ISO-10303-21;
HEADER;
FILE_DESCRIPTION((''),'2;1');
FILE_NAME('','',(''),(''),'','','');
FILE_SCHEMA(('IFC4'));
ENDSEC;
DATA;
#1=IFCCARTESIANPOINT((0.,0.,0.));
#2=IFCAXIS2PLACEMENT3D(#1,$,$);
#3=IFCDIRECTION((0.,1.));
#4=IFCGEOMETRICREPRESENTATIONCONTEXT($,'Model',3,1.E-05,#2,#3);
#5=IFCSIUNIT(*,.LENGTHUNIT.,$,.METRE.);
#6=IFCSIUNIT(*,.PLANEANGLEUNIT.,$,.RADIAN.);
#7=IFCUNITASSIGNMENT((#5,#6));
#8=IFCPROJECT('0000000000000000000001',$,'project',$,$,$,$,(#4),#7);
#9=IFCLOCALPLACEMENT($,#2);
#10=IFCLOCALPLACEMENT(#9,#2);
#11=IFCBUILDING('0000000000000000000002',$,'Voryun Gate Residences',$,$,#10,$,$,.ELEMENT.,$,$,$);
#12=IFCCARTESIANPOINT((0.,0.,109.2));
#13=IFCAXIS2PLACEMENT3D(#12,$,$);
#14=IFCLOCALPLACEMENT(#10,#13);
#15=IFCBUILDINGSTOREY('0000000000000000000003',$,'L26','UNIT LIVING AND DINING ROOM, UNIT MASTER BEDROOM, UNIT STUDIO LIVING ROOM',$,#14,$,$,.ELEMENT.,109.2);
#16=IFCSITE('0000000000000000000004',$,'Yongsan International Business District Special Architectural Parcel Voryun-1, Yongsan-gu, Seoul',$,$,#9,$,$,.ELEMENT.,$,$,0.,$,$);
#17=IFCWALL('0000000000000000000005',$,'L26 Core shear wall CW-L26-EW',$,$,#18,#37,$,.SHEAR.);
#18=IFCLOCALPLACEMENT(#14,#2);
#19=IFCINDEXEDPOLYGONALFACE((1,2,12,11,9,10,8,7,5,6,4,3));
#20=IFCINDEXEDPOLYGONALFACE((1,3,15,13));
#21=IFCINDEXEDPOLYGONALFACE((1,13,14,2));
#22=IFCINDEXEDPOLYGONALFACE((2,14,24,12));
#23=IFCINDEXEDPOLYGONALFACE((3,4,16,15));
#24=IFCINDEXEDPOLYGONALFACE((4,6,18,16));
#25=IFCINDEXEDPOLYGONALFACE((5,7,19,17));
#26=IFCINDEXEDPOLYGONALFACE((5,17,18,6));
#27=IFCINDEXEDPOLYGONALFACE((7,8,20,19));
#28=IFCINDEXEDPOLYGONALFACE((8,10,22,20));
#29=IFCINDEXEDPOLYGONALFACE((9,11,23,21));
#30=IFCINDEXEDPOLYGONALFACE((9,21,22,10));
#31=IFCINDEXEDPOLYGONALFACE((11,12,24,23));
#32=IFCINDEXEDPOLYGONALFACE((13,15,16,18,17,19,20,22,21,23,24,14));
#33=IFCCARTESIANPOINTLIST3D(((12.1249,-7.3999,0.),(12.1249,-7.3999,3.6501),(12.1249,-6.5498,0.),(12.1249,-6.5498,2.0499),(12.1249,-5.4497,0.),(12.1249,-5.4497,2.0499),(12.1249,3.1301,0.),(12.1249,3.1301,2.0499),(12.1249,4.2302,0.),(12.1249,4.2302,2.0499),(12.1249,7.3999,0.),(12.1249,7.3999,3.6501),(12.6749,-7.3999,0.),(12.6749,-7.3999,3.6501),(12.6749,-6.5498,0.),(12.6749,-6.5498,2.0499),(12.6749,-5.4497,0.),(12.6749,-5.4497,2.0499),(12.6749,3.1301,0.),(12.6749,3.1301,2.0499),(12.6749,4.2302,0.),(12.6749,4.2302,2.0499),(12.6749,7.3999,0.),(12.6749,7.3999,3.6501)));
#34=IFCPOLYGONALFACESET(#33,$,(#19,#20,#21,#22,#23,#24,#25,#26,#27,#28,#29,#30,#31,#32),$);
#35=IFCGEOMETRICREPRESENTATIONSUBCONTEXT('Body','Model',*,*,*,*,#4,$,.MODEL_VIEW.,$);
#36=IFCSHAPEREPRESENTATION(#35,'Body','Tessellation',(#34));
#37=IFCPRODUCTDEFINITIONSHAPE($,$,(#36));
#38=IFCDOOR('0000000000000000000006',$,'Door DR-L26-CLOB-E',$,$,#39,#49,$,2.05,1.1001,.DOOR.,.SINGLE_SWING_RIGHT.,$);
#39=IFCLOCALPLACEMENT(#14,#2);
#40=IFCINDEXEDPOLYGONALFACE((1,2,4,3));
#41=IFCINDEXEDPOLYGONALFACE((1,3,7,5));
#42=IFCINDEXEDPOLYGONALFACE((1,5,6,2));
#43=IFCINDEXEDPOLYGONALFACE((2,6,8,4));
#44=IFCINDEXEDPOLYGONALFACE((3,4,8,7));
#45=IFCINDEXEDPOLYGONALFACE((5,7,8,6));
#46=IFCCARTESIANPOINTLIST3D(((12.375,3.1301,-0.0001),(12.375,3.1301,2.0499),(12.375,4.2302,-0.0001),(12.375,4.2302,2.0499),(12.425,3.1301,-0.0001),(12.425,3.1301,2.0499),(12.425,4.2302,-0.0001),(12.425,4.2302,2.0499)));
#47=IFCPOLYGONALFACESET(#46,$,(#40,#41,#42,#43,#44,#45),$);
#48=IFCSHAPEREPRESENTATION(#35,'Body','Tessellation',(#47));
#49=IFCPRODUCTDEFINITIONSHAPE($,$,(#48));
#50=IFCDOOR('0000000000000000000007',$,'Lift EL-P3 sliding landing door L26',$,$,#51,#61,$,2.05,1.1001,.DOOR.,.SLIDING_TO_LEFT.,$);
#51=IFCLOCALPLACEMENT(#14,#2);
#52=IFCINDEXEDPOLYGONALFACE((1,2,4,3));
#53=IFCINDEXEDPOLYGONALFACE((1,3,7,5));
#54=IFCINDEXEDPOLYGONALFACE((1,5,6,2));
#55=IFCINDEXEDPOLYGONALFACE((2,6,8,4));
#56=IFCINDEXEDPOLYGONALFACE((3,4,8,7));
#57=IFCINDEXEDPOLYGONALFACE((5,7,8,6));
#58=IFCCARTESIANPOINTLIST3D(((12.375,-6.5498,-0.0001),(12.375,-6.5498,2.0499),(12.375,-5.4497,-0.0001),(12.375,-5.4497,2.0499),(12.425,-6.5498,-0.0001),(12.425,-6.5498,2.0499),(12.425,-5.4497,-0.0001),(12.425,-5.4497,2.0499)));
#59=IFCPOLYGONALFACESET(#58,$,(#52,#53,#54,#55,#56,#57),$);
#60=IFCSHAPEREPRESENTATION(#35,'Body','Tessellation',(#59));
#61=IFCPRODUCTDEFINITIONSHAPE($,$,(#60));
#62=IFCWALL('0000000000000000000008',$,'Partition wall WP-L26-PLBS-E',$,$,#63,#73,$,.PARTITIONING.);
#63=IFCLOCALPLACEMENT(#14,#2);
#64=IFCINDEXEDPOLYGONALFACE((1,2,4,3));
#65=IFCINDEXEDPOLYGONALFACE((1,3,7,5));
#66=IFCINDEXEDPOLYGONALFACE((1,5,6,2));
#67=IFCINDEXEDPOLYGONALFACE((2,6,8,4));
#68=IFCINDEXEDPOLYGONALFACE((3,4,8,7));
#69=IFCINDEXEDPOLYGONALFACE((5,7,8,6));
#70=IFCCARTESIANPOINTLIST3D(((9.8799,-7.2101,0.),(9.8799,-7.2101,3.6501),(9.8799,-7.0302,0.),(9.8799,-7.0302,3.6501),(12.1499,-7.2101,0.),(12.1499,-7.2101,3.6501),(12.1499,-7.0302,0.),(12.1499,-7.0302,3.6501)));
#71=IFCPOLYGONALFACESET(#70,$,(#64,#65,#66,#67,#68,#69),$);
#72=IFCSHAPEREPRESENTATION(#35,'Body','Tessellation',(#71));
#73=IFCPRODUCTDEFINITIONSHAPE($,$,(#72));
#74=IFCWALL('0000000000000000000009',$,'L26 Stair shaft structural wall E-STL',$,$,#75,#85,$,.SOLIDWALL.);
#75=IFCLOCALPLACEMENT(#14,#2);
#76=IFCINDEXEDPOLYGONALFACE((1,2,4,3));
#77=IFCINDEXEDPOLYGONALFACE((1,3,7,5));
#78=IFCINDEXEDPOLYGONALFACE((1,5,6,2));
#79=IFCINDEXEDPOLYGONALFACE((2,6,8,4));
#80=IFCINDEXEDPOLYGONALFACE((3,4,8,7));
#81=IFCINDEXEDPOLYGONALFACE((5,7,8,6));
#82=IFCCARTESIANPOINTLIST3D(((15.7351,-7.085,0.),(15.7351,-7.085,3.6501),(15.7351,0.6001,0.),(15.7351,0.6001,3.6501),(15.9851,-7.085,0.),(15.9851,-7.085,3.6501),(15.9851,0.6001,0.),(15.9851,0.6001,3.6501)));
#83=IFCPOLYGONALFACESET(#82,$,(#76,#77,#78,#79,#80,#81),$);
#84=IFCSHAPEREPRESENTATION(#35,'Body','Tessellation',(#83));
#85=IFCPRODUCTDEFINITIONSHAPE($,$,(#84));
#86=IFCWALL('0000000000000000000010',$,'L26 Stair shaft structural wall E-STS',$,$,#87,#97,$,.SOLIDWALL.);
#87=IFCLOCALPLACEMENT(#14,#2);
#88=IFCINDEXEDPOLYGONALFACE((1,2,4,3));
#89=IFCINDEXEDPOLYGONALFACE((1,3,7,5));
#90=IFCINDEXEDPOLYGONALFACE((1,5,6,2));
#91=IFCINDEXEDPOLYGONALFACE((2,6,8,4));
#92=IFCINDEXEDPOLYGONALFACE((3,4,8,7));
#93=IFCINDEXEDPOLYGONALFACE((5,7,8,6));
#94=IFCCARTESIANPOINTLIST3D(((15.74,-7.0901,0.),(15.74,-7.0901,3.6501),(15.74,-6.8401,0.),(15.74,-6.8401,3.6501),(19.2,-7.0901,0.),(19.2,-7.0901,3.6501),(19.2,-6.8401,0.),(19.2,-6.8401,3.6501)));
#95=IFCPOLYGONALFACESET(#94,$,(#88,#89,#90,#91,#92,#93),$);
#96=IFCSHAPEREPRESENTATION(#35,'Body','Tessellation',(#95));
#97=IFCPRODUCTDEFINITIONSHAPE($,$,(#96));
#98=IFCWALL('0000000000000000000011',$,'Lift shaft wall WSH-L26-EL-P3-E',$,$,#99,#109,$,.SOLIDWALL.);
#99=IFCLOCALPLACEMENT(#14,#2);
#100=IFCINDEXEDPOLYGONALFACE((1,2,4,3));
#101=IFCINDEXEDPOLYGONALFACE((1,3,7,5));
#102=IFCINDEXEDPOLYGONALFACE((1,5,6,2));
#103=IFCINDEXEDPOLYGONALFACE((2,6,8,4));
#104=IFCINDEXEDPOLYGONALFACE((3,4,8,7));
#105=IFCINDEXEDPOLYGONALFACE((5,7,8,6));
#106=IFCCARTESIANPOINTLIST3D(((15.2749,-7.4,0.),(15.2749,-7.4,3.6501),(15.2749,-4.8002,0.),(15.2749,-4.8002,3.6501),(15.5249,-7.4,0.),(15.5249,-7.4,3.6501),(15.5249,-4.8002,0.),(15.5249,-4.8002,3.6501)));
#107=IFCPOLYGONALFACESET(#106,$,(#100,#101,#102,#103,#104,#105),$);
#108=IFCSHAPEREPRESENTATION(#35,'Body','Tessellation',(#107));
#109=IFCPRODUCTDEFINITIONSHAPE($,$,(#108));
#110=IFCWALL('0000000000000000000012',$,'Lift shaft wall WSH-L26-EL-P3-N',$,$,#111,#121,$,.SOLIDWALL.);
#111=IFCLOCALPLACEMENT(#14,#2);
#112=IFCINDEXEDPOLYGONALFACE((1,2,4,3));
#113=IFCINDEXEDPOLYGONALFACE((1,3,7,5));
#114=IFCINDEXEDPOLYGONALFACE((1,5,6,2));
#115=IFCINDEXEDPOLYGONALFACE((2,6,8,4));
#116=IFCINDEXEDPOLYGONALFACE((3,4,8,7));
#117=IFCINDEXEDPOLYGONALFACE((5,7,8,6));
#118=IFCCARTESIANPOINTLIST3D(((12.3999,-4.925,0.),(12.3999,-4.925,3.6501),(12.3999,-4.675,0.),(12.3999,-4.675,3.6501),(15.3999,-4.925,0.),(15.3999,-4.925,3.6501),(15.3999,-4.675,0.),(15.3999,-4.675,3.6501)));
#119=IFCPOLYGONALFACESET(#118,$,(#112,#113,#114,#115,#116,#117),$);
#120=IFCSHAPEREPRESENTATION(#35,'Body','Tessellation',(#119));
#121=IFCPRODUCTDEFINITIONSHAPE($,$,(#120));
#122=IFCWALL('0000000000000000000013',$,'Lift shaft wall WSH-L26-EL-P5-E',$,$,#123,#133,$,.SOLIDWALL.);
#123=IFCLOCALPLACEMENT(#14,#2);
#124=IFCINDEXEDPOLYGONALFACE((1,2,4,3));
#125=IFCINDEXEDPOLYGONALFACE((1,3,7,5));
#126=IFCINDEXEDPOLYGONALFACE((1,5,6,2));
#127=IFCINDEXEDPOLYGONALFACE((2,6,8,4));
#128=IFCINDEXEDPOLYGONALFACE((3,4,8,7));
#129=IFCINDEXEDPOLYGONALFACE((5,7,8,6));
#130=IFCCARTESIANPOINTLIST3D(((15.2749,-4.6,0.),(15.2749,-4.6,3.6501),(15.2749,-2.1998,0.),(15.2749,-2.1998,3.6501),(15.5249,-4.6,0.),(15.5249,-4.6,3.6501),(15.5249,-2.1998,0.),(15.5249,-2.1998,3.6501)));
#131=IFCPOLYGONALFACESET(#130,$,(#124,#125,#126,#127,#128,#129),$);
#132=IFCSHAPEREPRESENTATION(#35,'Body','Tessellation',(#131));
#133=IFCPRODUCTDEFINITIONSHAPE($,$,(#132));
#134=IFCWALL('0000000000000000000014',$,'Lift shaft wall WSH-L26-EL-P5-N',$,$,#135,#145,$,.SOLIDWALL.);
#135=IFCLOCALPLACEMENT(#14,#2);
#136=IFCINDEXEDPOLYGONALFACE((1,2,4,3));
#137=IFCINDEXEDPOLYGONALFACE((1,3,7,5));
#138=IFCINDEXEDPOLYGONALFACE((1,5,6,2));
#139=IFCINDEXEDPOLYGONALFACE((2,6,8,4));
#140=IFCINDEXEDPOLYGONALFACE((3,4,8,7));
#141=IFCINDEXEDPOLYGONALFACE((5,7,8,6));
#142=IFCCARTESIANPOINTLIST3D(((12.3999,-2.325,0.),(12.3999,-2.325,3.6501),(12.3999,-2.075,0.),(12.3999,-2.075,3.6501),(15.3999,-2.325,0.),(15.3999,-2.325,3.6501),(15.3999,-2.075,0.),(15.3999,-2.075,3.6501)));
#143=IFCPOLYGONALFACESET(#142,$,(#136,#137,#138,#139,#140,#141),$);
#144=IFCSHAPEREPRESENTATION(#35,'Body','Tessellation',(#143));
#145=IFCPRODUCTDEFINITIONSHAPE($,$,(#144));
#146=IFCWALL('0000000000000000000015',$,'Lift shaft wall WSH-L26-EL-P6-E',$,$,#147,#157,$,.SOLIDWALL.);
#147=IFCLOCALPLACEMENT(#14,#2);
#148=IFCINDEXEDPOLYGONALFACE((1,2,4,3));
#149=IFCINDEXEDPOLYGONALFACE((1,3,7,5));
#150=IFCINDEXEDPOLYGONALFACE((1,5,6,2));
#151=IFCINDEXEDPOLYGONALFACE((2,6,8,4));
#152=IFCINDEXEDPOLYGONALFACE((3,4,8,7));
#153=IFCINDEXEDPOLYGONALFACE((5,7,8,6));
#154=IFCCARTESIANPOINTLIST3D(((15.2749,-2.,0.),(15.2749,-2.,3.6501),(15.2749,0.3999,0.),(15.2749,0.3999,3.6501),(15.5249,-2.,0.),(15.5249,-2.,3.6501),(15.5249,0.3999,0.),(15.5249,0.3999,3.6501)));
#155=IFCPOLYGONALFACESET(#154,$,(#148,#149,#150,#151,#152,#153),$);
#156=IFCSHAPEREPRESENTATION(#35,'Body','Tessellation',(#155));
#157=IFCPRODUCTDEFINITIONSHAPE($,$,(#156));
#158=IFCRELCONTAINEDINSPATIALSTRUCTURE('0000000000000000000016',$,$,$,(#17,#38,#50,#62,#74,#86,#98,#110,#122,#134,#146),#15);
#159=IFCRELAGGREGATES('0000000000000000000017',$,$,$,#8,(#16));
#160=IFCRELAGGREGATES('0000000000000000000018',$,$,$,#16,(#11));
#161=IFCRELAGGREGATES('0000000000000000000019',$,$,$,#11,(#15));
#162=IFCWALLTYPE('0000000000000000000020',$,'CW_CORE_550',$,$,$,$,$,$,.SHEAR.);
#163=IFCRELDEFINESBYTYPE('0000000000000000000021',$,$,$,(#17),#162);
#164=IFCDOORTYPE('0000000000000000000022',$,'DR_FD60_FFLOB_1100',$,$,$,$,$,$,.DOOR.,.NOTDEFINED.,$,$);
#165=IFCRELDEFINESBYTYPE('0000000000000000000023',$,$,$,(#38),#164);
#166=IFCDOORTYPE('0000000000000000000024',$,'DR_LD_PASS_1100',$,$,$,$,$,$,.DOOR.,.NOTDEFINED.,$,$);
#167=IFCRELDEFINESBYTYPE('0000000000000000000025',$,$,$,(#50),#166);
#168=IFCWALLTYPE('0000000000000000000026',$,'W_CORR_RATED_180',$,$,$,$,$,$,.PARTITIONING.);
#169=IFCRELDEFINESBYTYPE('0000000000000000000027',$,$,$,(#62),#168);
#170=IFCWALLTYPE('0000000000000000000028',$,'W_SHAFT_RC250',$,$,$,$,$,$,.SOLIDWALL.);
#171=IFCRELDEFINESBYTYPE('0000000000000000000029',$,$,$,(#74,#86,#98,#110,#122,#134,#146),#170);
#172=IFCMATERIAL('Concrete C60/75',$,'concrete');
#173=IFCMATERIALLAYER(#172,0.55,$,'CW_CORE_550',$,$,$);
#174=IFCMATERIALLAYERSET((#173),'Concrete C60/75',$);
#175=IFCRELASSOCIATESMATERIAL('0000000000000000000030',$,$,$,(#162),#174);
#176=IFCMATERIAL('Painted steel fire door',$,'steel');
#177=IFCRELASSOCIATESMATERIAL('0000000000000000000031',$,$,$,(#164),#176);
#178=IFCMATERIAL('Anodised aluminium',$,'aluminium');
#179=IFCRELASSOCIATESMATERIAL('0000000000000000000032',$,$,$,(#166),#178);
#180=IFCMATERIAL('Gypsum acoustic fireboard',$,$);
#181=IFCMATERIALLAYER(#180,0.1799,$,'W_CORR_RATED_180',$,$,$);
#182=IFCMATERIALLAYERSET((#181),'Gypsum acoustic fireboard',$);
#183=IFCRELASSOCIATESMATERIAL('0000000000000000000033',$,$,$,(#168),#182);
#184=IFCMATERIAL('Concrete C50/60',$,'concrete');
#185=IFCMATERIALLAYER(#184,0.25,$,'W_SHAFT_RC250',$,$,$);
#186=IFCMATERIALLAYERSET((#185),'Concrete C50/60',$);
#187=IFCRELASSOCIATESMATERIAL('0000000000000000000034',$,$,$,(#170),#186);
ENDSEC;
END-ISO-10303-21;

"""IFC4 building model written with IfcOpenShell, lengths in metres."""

from ifc_helpers import new_model, si_unit, direction, frame, frame_2d, origin, place, context, subcontext, project, spatial, rectangle, extrude, material, layer, layer_set, type_object, element, fill, save


model = new_model("IFC4")

# Units and contexts
model_context = context("Model", 3, precision=1e-05, world=origin(), true_north=direction((0.0, 1.0)))
body_context = subcontext(model_context, "Body", "Model", "MODEL_VIEW")
ifc_project = project(units=[si_unit("LENGTHUNIT", "METRE"), si_unit("PLANEANGLEUNIT", "RADIAN")], contexts=[model_context])

# Site, building, storey
site_placement = place(None, origin())
site = spatial("IfcSite", under=ifc_project, at=site_placement, Name="Yongsan International Business District Special Architectural Parcel Voryun-1, Yongsan-gu, Seoul", CompositionType="ELEMENT", RefElevation=0.0)
building_placement = place(site_placement, origin())
building = spatial("IfcBuilding", under=site, at=building_placement, Name="Voryun Gate Residences", CompositionType="ELEMENT")
storey_placement = place(building_placement, frame((0.0, 0.0, 109.2)))
storey = spatial("IfcBuildingStorey", under=building, at=storey_placement, Name="L26", Description="UNIT LIVING AND DINING ROOM, UNIT MASTER BEDROOM, UNIT STUDIO LIVING ROOM", CompositionType="ELEMENT", Elevation=109.2)

# Shared definitions
ifc_material_1 = material(Name="Concrete C60/75", Category="concrete")
ifc_layer_1 = layer(ifc_material_1, 0.55, Name="CW_CORE_550")
ifc_layer_set_1 = layer_set([ifc_layer_1], Name="Concrete C60/75")
wall_type_1 = type_object("IfcWallType", Name="CW_CORE_550", PredefinedType="SHEAR", material=ifc_layer_set_1)

# Wall, openings, doors
wall_1_placement = place(storey_placement, frame((12.3999, -7.3999, 0.0), z_axis=(0.0, 0.0, 1.0), x_axis=(0.0, 1.0, 0.0)))
wall_1 = element("IfcWall", 1, at=wall_1_placement, inside=storey, type_object=wall_type_1, Name="L26 Core shear wall CW-L26-EW", PredefinedType="SHEAR", context=body_context, shape_type="SweptSolid", body=[
    extrude(rectangle(XDim=14.7998, YDim=0.55, at=frame_2d((7.3999, 0.0))), origin(), (0.0, 0.0, 1.0), 3.6501),
])
opening_1_placement = place(wall_1_placement, frame((0.8501, 0.0, 0.0)))
opening_1 = element("IfcOpeningElement", 2, at=opening_1_placement, cuts=wall_1, PredefinedType="OPENING", context=body_context, shape_type="SweptSolid", body=[
    extrude(rectangle(XDim=1.1001, YDim=2.05, at=frame_2d((0.55, 1.0249))), frame((0.0, 0.2849, 0.0), z_axis=(0.0, -1.0, 0.0), x_axis=(1.0, 0.0, 0.0)), (0.0, 0.0, 1.0), 0.5701),
])
opening_2_placement = place(wall_1_placement, frame((10.53, 0.0, 0.0)))
opening_2 = element("IfcOpeningElement", 3, at=opening_2_placement, cuts=wall_1, PredefinedType="OPENING", context=body_context, shape_type="SweptSolid", body=[
    extrude(rectangle(XDim=1.1001, YDim=2.05, at=frame_2d((0.55, 1.0249))), frame((0.0, 0.2849, 0.0), z_axis=(0.0, -1.0, 0.0), x_axis=(1.0, 0.0, 0.0)), (0.0, 0.0, 1.0), 0.5701),
])
ifc_material_2 = material(Name="Painted steel fire door", Category="steel")
door_type_1 = type_object("IfcDoorType", Name="DR_FD60_FFLOB_1100", OperationType="NOTDEFINED", PredefinedType="DOOR", material=ifc_material_2)
door_1_placement = place(opening_2_placement, origin())
door_1 = element("IfcDoor", 4, at=door_1_placement, inside=storey, type_object=door_type_1, Name="Door DR-L26-CLOB-E", OperationType="SINGLE_SWING_RIGHT", OverallHeight=2.05, OverallWidth=1.1001, PredefinedType="DOOR", context=body_context, shape_type="SweptSolid", body=[
    extrude(rectangle(XDim=1.1001, YDim=2.05, at=frame_2d((0.55, 1.0249))), frame((0.0, 0.0249, 0.0), z_axis=(0.0, -1.0, 0.0), x_axis=(1.0, 0.0, 0.0)), (0.0, 0.0, 1.0), 0.05),
])
fill(opening_2, door_1)
ifc_material_3 = material(Name="Anodised aluminium", Category="aluminium")
door_type_2 = type_object("IfcDoorType", Name="DR_LD_PASS_1100", OperationType="NOTDEFINED", PredefinedType="DOOR", material=ifc_material_3)
door_2_placement = place(opening_1_placement, origin())
door_2 = element("IfcDoor", 5, at=door_2_placement, inside=storey, type_object=door_type_2, Name="Lift EL-P3 sliding landing door L26", OperationType="SLIDING_TO_LEFT", OverallHeight=2.05, OverallWidth=1.1001, PredefinedType="DOOR", context=body_context, shape_type="SweptSolid", body=[
    extrude(rectangle(XDim=1.1001, YDim=2.05, at=frame_2d((0.55, 1.0249))), frame((0.0, 0.0249, 0.0), z_axis=(0.0, -1.0, 0.0), x_axis=(1.0, 0.0, 0.0)), (0.0, 0.0, 1.0), 0.05),
])
fill(opening_1, door_2)

# Walls
ifc_material_4 = material(Name="Gypsum acoustic fireboard")
ifc_layer_2 = layer(ifc_material_4, 0.1799, Name="W_CORR_RATED_180")
ifc_layer_set_2 = layer_set([ifc_layer_2], Name="Gypsum acoustic fireboard")
wall_type_2 = type_object("IfcWallType", Name="W_CORR_RATED_180", PredefinedType="PARTITIONING", material=ifc_layer_set_2)
wall_2_placement = place(storey_placement, frame((9.8799, -7.1201, 0.0), z_axis=(0.0, 0.0, 1.0), x_axis=(1.0, 0.0, 0.0)))
element("IfcWall", 6, at=wall_2_placement, inside=storey, type_object=wall_type_2, Name="Partition wall WP-L26-PLBS-E", PredefinedType="PARTITIONING", context=body_context, shape_type="SweptSolid", body=[
    extrude(rectangle(XDim=2.27, YDim=0.1799, at=frame_2d((1.135, 0.0))), origin(), (0.0, 0.0, 1.0), 3.6501),
])
ifc_material_5 = material(Name="Concrete C50/60", Category="concrete")
ifc_layer_3 = layer(ifc_material_5, 0.25, Name="W_SHAFT_RC250")
ifc_layer_set_3 = layer_set([ifc_layer_3], Name="Concrete C50/60")
wall_type_3 = type_object("IfcWallType", Name="W_SHAFT_RC250", PredefinedType="SOLIDWALL", material=ifc_layer_set_3)
wall_3_placement = place(storey_placement, frame((15.8601, -7.085, 0.0), z_axis=(0.0, 0.0, 1.0), x_axis=(0.0, 1.0, 0.0)))
element("IfcWall", 7, at=wall_3_placement, inside=storey, type_object=wall_type_3, Name="L26 Stair shaft structural wall E-STL", PredefinedType="SOLIDWALL", context=body_context, shape_type="SweptSolid", body=[
    extrude(rectangle(XDim=7.6851, YDim=0.25, at=frame_2d((3.8425, 0.0))), origin(), (0.0, 0.0, 1.0), 3.6501),
])
wall_4_placement = place(storey_placement, frame((15.74, -6.9651, 0.0), z_axis=(0.0, 0.0, 1.0), x_axis=(1.0, 0.0, 0.0)))
element("IfcWall", 8, at=wall_4_placement, inside=storey, type_object=wall_type_3, Name="L26 Stair shaft structural wall E-STS", PredefinedType="SOLIDWALL", context=body_context, shape_type="SweptSolid", body=[
    extrude(rectangle(XDim=3.46, YDim=0.25, at=frame_2d((1.73, 0.0))), origin(), (0.0, 0.0, 1.0), 3.6501),
])
wall_5_placement = place(storey_placement, frame((15.3999, -7.3999, 0.0), z_axis=(0.0, 0.0, 1.0), x_axis=(0.0, 1.0, 0.0)))
element("IfcWall", 9, at=wall_5_placement, inside=storey, type_object=wall_type_3, Name="Lift shaft wall WSH-L26-EL-P3-E", PredefinedType="SOLIDWALL", context=body_context, shape_type="SweptSolid", body=[
    extrude(rectangle(XDim=2.5999, YDim=0.25, at=frame_2d((1.2998, 0.0))), origin(), (0.0, 0.0, 1.0), 3.6501),
])
wall_6_placement = place(storey_placement, frame((15.3999, -4.8, 0.0), z_axis=(0.0, 0.0, 1.0), x_axis=(-1.0, 0.0, 0.0)))
element("IfcWall", 10, at=wall_6_placement, inside=storey, type_object=wall_type_3, Name="Lift shaft wall WSH-L26-EL-P3-N", PredefinedType="SOLIDWALL", context=body_context, shape_type="SweptSolid", body=[
    extrude(rectangle(XDim=3.0, YDim=0.25, at=frame_2d((1.5, 0.0))), origin(), (0.0, 0.0, 1.0), 3.6501),
])
wall_7_placement = place(storey_placement, frame((15.3999, -4.6001, 0.0), z_axis=(0.0, 0.0, 1.0), x_axis=(0.0, 1.0, 0.0)))
element("IfcWall", 11, at=wall_7_placement, inside=storey, type_object=wall_type_3, Name="Lift shaft wall WSH-L26-EL-P5-E", PredefinedType="SOLIDWALL", context=body_context, shape_type="SweptSolid", body=[
    extrude(rectangle(XDim=2.4001, YDim=0.25, at=frame_2d((1.2002, 0.0))), origin(), (0.0, 0.0, 1.0), 3.6501),
])
wall_8_placement = place(storey_placement, frame((15.3999, -2.2, 0.0), z_axis=(0.0, 0.0, 1.0), x_axis=(-1.0, 0.0, 0.0)))
element("IfcWall", 12, at=wall_8_placement, inside=storey, type_object=wall_type_3, Name="Lift shaft wall WSH-L26-EL-P5-N", PredefinedType="SOLIDWALL", context=body_context, shape_type="SweptSolid", body=[
    extrude(rectangle(XDim=3.0, YDim=0.25, at=frame_2d((1.5, 0.0))), origin(), (0.0, 0.0, 1.0), 3.6501),
])
wall_9_placement = place(storey_placement, frame((15.3999, -2.0, 0.0), z_axis=(0.0, 0.0, 1.0), x_axis=(0.0, 1.0, 0.0)))
element("IfcWall", 13, at=wall_9_placement, inside=storey, type_object=wall_type_3, Name="Lift shaft wall WSH-L26-EL-P6-E", PredefinedType="SOLIDWALL", context=body_context, shape_type="SweptSolid", body=[
    extrude(rectangle(XDim=2.3999, YDim=0.25, at=frame_2d((1.2, 0.0))), origin(), (0.0, 0.0, 1.0), 3.6501),
])

save(model, "model.ifc")
